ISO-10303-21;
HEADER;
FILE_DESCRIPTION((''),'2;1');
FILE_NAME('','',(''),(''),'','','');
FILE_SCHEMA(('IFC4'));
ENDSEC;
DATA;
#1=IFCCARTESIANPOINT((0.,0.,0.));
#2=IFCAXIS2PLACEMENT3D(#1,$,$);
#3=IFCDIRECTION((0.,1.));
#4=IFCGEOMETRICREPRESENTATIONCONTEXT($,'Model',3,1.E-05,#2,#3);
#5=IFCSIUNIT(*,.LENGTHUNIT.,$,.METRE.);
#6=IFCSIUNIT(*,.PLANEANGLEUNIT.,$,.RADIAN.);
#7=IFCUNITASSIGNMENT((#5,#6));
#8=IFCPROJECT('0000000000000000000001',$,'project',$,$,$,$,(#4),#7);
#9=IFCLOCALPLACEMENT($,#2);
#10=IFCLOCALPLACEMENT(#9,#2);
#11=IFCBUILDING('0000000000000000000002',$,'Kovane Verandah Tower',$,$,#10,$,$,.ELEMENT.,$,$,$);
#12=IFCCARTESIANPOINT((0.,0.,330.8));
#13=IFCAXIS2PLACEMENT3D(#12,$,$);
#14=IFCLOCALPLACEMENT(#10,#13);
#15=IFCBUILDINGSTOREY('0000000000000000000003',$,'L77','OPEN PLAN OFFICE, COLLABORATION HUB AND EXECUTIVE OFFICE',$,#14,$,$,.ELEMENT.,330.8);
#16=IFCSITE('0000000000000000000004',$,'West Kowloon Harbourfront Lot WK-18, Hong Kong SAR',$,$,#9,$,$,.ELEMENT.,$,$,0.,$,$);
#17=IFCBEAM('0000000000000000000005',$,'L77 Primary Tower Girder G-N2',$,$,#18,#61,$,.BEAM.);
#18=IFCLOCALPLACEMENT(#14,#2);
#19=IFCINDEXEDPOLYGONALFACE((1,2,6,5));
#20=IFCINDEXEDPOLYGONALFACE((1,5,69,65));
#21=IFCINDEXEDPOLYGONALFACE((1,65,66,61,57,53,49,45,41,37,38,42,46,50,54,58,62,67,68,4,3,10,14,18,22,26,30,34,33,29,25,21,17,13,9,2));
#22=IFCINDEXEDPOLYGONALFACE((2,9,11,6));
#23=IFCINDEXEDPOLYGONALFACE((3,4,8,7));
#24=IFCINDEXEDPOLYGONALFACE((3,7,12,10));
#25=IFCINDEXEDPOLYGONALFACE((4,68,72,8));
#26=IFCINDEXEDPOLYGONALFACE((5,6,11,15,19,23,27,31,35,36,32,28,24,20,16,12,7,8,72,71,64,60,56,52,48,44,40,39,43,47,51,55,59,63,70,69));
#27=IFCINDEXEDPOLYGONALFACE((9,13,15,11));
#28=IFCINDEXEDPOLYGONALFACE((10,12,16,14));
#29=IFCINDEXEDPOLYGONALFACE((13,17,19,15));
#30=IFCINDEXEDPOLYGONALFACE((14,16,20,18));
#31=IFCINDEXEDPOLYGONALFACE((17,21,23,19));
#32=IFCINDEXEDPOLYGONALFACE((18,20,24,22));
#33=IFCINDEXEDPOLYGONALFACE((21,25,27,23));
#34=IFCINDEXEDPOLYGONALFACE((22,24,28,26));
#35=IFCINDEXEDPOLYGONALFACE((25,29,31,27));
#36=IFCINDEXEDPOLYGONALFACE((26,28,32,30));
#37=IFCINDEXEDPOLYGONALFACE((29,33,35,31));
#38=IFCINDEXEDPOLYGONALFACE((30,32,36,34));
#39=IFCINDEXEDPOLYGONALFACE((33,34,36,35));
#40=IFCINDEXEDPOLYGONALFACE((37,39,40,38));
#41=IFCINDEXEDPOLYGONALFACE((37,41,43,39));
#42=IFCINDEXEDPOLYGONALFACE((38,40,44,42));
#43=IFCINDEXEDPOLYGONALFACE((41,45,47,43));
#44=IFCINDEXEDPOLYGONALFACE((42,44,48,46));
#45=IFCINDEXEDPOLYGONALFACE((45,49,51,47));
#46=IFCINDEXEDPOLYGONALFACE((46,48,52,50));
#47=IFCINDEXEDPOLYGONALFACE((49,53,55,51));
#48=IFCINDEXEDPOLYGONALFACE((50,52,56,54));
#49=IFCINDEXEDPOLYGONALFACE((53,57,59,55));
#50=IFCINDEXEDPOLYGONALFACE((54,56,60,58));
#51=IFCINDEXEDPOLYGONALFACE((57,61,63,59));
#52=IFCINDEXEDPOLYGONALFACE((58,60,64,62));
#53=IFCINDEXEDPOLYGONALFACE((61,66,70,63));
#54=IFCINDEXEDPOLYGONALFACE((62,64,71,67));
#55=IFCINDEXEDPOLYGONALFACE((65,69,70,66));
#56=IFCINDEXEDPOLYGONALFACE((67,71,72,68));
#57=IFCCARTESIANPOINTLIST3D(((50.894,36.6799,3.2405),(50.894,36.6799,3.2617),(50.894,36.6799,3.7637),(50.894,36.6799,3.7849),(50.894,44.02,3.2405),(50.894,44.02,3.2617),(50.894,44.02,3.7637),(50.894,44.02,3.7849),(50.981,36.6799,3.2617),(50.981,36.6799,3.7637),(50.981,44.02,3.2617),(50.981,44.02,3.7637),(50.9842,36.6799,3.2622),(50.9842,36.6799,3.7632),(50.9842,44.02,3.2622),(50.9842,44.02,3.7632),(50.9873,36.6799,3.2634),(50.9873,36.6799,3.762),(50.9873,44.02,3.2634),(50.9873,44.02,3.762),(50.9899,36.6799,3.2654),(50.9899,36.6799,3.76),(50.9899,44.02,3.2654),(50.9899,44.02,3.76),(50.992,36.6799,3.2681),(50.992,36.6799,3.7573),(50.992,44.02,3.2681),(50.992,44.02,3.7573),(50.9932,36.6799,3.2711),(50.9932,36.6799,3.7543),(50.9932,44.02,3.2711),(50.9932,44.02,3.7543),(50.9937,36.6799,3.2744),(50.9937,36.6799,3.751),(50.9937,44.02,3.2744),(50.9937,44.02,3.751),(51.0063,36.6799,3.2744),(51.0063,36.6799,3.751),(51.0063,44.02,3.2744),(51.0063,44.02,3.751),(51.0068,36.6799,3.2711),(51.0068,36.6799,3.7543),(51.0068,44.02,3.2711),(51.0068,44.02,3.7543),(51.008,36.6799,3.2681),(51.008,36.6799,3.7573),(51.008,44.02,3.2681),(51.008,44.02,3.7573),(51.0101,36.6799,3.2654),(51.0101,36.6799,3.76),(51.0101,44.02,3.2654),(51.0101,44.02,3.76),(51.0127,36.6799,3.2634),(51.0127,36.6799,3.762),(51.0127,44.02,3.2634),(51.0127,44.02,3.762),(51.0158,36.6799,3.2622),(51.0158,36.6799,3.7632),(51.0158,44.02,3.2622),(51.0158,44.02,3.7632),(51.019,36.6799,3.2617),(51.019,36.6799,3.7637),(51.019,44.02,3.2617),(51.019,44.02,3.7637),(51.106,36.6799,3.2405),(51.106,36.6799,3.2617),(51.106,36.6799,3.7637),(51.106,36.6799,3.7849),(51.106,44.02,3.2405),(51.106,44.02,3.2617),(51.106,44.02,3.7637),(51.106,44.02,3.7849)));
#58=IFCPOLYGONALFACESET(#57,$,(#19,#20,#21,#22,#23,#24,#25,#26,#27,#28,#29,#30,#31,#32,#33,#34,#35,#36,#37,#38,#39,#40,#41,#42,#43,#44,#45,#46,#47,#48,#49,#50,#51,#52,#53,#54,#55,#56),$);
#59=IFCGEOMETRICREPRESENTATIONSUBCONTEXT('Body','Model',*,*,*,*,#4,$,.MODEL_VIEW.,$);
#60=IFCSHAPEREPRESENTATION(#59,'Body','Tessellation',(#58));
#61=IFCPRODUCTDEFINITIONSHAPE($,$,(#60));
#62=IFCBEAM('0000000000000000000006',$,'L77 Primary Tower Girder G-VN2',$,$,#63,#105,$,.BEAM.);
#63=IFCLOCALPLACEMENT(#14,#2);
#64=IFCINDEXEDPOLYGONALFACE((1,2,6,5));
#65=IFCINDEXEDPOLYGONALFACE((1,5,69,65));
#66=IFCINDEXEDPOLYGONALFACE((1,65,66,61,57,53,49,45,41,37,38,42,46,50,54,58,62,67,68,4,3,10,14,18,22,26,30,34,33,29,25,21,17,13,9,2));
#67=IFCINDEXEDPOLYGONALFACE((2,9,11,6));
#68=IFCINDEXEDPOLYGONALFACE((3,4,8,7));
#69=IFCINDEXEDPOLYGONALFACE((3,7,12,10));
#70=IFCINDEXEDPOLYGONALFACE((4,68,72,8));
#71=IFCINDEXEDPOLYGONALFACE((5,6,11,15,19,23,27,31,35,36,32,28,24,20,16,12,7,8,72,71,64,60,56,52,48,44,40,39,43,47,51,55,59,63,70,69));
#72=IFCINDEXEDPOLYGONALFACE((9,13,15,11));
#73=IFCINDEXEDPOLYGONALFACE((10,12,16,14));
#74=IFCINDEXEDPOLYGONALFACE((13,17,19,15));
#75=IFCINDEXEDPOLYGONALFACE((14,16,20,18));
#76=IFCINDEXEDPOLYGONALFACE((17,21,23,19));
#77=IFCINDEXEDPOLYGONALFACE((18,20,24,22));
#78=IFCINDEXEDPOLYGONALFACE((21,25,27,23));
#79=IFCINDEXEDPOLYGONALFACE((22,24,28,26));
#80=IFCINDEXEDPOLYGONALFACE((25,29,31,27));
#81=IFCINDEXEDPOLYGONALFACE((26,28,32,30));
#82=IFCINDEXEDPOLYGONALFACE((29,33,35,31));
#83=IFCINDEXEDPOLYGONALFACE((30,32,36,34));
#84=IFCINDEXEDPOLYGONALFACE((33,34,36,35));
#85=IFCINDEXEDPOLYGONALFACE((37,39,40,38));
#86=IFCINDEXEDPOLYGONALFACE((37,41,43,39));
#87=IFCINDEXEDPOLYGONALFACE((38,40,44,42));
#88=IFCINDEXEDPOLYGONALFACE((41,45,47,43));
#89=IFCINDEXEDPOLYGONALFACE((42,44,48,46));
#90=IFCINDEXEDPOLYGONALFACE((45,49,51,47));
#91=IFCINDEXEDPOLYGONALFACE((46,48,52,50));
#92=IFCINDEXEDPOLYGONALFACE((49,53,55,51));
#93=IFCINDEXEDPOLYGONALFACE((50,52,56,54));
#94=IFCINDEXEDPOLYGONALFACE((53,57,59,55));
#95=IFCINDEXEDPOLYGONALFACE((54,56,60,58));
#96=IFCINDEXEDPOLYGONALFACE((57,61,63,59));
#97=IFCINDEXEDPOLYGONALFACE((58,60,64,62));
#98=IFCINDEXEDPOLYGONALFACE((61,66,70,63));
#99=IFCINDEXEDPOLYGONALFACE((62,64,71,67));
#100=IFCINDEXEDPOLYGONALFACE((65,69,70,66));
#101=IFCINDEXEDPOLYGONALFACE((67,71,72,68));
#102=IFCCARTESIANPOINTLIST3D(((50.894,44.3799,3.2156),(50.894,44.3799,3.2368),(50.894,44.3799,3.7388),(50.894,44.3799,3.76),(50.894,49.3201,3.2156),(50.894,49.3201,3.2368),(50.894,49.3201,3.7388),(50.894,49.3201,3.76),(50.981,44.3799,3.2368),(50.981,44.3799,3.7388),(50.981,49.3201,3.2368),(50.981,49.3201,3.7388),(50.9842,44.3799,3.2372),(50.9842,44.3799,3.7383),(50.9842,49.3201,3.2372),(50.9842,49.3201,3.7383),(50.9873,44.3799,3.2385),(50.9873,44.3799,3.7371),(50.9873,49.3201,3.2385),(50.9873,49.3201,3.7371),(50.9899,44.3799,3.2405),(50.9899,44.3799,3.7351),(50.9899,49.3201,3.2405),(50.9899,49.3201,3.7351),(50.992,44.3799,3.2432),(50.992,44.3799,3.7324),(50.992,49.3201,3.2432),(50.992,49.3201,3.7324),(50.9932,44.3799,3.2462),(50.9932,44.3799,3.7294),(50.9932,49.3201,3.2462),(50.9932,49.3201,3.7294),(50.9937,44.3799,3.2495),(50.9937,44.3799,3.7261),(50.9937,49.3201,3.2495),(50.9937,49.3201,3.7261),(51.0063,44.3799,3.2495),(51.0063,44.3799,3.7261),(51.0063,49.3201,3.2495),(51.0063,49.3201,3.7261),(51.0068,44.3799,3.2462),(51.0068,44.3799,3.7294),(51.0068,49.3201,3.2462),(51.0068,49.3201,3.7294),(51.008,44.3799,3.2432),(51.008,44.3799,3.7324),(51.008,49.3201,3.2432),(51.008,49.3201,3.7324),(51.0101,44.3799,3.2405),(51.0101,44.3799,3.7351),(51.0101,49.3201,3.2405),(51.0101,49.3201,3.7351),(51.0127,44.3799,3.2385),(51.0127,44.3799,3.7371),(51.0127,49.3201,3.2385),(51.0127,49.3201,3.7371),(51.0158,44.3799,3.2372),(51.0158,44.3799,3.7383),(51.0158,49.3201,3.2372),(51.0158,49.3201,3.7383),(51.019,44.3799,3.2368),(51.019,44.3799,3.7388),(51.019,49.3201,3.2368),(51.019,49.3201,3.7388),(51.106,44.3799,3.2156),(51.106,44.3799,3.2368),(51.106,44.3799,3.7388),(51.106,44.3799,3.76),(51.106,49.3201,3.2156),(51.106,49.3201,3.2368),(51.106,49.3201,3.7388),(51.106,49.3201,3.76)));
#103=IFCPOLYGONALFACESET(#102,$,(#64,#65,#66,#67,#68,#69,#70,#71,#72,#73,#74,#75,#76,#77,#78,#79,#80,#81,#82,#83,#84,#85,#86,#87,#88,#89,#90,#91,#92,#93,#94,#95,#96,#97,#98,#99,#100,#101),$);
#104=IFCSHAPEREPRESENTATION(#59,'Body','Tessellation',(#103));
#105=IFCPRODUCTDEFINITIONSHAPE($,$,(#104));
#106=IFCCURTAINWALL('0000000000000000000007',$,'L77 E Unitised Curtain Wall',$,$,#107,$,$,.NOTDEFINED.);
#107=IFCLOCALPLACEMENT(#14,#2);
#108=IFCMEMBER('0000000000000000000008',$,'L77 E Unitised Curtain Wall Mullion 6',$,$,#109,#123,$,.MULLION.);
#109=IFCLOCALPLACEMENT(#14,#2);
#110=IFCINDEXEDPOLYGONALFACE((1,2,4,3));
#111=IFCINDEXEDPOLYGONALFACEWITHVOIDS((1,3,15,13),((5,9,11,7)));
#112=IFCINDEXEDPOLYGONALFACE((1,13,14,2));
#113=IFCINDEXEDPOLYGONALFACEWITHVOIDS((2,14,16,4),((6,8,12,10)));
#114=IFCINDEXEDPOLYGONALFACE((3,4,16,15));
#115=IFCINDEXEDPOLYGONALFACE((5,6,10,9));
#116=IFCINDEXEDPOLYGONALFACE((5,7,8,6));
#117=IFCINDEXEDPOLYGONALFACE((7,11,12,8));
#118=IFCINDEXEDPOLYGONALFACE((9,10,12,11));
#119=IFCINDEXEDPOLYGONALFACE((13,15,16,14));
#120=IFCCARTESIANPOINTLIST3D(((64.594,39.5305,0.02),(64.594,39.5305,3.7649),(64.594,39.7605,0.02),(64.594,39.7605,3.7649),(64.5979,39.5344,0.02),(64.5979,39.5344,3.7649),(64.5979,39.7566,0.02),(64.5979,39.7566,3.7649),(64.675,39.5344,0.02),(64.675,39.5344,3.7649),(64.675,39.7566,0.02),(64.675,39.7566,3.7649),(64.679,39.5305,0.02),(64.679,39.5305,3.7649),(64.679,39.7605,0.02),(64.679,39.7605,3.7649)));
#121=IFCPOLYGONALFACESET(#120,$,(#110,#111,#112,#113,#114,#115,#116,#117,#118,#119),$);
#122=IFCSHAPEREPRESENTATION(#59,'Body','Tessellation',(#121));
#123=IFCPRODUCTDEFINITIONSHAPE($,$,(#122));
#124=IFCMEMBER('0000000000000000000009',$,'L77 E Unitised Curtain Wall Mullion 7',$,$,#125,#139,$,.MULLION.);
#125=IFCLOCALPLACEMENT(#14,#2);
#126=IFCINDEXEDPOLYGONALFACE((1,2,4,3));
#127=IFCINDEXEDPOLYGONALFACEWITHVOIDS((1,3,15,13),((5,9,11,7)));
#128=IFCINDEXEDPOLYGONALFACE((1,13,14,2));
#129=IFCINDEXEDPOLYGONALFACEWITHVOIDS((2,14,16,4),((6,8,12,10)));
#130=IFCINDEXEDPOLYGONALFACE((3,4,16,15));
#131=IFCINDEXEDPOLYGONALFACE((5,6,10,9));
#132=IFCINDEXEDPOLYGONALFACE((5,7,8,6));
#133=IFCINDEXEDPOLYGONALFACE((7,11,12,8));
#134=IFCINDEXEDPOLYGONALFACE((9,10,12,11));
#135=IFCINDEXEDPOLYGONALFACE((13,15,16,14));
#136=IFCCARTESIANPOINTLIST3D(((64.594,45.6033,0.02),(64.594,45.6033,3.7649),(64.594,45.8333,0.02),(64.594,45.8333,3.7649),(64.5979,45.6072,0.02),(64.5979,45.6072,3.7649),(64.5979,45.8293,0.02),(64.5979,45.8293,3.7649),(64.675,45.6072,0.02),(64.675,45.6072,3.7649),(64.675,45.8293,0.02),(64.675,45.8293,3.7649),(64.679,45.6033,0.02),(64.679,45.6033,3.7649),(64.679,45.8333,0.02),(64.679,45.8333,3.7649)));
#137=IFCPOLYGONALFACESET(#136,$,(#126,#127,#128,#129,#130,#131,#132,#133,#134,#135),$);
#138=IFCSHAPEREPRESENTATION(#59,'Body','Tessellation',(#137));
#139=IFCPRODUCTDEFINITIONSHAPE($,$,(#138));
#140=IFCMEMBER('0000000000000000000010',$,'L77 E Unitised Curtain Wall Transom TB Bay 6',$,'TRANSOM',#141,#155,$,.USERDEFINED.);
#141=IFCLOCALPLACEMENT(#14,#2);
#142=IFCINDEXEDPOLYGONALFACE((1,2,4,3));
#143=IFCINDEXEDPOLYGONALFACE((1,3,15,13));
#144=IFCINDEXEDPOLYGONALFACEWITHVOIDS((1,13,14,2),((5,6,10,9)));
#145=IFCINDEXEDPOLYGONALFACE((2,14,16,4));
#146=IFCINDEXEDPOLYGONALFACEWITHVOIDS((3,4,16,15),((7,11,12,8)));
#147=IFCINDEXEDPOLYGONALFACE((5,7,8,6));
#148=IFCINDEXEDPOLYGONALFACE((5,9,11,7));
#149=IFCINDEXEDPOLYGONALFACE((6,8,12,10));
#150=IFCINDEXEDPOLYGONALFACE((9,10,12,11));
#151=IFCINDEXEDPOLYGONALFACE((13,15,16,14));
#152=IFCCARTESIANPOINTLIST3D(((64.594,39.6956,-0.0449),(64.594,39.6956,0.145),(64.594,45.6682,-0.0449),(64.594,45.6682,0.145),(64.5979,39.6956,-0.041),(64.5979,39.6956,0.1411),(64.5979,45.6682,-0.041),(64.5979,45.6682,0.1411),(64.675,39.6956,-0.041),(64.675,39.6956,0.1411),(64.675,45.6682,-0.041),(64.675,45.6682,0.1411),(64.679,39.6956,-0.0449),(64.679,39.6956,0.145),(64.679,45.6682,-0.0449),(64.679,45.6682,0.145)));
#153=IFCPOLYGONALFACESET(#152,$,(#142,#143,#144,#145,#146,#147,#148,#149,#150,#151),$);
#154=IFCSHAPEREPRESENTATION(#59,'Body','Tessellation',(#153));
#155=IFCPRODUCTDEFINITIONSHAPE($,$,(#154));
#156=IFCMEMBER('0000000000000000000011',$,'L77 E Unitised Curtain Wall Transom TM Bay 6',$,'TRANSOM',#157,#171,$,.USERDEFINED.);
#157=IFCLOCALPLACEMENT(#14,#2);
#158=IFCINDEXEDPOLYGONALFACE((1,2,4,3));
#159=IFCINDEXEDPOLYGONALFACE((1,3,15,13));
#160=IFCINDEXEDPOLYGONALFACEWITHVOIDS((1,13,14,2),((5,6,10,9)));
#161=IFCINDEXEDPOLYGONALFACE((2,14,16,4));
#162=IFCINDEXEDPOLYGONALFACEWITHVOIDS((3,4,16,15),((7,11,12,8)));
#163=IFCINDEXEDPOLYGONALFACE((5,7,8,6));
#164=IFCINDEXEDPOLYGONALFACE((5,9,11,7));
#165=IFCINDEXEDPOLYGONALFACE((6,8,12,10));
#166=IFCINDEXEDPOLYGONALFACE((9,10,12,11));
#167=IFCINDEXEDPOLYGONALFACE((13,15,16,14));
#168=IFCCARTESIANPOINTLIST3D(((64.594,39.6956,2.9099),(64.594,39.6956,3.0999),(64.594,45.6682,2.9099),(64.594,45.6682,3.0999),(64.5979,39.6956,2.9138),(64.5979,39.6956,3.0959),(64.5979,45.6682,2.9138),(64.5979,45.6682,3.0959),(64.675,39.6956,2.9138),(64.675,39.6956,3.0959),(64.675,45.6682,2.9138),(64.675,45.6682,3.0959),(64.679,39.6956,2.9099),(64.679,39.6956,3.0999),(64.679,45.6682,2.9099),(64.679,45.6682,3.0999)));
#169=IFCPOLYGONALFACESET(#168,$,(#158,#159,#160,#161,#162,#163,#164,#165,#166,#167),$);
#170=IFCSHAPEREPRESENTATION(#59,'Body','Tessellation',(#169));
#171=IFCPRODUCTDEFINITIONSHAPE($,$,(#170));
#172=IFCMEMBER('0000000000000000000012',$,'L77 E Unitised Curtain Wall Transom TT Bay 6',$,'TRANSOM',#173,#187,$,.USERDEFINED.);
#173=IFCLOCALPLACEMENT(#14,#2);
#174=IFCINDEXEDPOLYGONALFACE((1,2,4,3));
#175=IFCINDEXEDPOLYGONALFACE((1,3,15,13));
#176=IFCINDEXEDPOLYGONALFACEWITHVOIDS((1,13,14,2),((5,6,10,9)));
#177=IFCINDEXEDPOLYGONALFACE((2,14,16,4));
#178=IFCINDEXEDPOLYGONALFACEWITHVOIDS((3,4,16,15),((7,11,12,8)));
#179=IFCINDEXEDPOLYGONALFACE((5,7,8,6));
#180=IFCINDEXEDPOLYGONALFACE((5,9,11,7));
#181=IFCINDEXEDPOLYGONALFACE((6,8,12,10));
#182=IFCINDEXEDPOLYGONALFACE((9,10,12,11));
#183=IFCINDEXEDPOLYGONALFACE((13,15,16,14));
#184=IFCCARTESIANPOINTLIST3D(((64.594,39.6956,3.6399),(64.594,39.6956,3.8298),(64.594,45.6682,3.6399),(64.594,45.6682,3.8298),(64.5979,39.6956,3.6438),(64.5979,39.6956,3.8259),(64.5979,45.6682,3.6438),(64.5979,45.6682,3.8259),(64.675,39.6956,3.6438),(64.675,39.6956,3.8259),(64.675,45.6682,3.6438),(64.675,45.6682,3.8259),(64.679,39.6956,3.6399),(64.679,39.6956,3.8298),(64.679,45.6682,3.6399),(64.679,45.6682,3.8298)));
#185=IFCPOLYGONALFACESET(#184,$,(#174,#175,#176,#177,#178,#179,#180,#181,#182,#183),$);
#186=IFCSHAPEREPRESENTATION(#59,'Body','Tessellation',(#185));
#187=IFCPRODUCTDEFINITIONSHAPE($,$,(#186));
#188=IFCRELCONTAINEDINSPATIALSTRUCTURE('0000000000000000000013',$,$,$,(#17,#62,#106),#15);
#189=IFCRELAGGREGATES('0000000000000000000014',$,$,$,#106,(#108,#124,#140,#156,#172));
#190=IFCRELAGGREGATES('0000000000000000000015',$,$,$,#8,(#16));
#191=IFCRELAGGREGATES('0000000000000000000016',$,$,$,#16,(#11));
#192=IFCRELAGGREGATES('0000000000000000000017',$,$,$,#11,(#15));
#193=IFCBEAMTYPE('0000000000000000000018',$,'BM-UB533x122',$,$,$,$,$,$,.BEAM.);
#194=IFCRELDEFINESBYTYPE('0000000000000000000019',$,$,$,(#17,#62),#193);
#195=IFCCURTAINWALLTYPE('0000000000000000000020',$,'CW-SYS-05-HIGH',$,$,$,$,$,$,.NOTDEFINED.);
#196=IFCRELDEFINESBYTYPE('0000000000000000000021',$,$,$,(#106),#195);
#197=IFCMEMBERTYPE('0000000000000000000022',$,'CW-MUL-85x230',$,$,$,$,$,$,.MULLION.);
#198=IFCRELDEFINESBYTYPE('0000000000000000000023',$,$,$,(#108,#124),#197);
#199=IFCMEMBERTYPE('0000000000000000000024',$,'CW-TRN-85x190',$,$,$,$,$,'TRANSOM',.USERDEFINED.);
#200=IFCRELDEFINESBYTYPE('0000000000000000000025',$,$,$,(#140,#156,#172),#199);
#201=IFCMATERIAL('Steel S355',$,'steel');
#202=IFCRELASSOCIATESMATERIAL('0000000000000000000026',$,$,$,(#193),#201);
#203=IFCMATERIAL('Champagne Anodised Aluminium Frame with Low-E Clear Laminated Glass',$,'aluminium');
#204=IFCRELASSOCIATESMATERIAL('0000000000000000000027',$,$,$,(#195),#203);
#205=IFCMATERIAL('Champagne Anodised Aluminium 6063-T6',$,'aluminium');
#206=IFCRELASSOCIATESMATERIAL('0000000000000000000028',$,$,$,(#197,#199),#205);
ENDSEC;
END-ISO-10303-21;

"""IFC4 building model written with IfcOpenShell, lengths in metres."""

from ifc_helpers import new_model, si_unit, direction, frame, origin, origin_2d, place, context, subcontext, project, spatial, hollow_rectangle, i_section, extrude, material, material_profile, profile_set, type_object, element, aggregate, save


model = new_model("IFC4")

# Units and contexts
model_context = context("Model", 3, precision=1e-05, world=origin(), true_north=direction((0.0, 1.0)))
body_context = subcontext(model_context, "Body", "Model", "MODEL_VIEW")
ifc_project = project(units=[si_unit("LENGTHUNIT", "METRE"), si_unit("PLANEANGLEUNIT", "RADIAN")], contexts=[model_context])

# Site, building, storey
site_placement = place(None, origin())
site = spatial("IfcSite", under=ifc_project, at=site_placement, Name="West Kowloon Harbourfront Lot WK-18, Hong Kong SAR", CompositionType="ELEMENT", RefElevation=0.0)
building_placement = place(site_placement, origin())
building = spatial("IfcBuilding", under=site, at=building_placement, Name="Kovane Verandah Tower", CompositionType="ELEMENT")
storey_placement = place(building_placement, frame((0.0, 0.0, 330.8)))
storey = spatial("IfcBuildingStorey", under=building, at=storey_placement, Name="L77", Description="OPEN PLAN OFFICE, COLLABORATION HUB AND EXECUTIVE OFFICE", CompositionType="ELEMENT", Elevation=330.8)

# Beams
ifc_material_1 = material(Name="Steel S355", Category="steel")
ifc_material_profile_1 = material_profile(ifc_material_1, i_section(OverallWidth=0.2119, OverallDepth=0.5444, WebThickness=0.0127, FlangeThickness=0.0212, FilletRadius=0.0127, at=origin_2d()), Name="UB533x210x122")
ifc_profile_set_1 = profile_set([ifc_material_profile_1], Name="Steel S355")
beam_type_1 = type_object("IfcBeamType", Name="BM-UB533x122", PredefinedType="BEAM", material=ifc_profile_set_1)
for number, where, z_axis, x_axis, name in (
    (1, (51.0, 36.6799, 3.5127), (0.0, 1.0, 0.0), (-1.0, 0.0, 0.0), "L77 Primary Tower Girder G-N2"),
):
    element("IfcBeam", number, at=place(storey_placement, frame(where, z_axis=z_axis, x_axis=x_axis)), inside=storey, type_object=beam_type_1, Name=name, PredefinedType="BEAM", context=body_context, shape_type="SweptSolid", body=[
        extrude(i_section(OverallWidth=0.2119, OverallDepth=0.5444, WebThickness=0.0127, FlangeThickness=0.0212, FilletRadius=0.0127, at=origin_2d()), origin(), (0.0, 0.0, 1.0), 7.3401),
    ])
beam_1_placement = place(storey_placement, frame((51.0, 44.3799, 3.4878), z_axis=(0.0, 1.0, 0.0), x_axis=(-1.0, 0.0, 0.0)))
element("IfcBeam", 2, at=beam_1_placement, inside=storey, type_object=beam_type_1, Name="L77 Primary Tower Girder G-VN2", PredefinedType="BEAM", context=body_context, shape_type="SweptSolid", body=[
    extrude(i_section(OverallWidth=0.2119, OverallDepth=0.5444, WebThickness=0.0127, FlangeThickness=0.0212, FilletRadius=0.0127, at=origin_2d()), origin(), (0.0, 0.0, 1.0), 4.9402),
])

# Curtain wall, members
ifc_material_2 = material(Name="Champagne Anodised Aluminium Frame with Low-E Clear Laminated Glass", Category="aluminium")
curtain_wall_type = type_object("IfcCurtainWallType", Name="CW-SYS-05-HIGH", PredefinedType="NOTDEFINED", material=ifc_material_2)
curtain_wall_placement = place(storey_placement, origin())
curtain_wall = element("IfcCurtainWall", 3, at=curtain_wall_placement, inside=storey, type_object=curtain_wall_type, Name="L77 E Unitised Curtain Wall", PredefinedType="NOTDEFINED")
ifc_material_3 = material(Name="Champagne Anodised Aluminium 6063-T6", Category="aluminium")
ifc_material_profile_2 = material_profile(ifc_material_3, hollow_rectangle(XDim=0.085, YDim=0.23, WallThickness=0.0039, at=origin_2d()), Name="AL85x230x4")
ifc_profile_set_2 = profile_set([ifc_material_profile_2], Name="Champagne Anodised Aluminium 6063-T6")
member_type_1 = type_object("IfcMemberType", Name="CW-MUL-85x230", PredefinedType="MULLION", material=ifc_profile_set_2)
member_1_placement = place(storey_placement, frame((64.6365, 39.6455, 0.02), z_axis=(0.0, 0.0, 1.0), x_axis=(1.0, 0.0, 0.0)))
member_1 = element("IfcMember", 4, at=member_1_placement, type_object=member_type_1, Name="L77 E Unitised Curtain Wall Mullion 6", PredefinedType="MULLION", context=body_context, shape_type="SweptSolid", body=[
    extrude(hollow_rectangle(XDim=0.085, YDim=0.23, WallThickness=0.0039, at=origin_2d()), origin(), (0.0, 0.0, 1.0), 3.7449),
])
member_2_placement = place(storey_placement, frame((64.6365, 45.7183, 0.02), z_axis=(0.0, 0.0, 1.0), x_axis=(1.0, 0.0, 0.0)))
member_2 = element("IfcMember", 5, at=member_2_placement, type_object=member_type_1, Name="L77 E Unitised Curtain Wall Mullion 7", PredefinedType="MULLION", context=body_context, shape_type="SweptSolid", body=[
    extrude(hollow_rectangle(XDim=0.085, YDim=0.23, WallThickness=0.0039, at=origin_2d()), origin(), (0.0, 0.0, 1.0), 3.7449),
])
ifc_material_profile_3 = material_profile(ifc_material_3, hollow_rectangle(XDim=0.085, YDim=0.1899, WallThickness=0.0039, at=origin_2d()), Name="AL85x190x4")
ifc_profile_set_3 = profile_set([ifc_material_profile_3], Name="Champagne Anodised Aluminium 6063-T6")
member_type_2 = type_object("IfcMemberType", Name="CW-TRN-85x190", ElementType="TRANSOM", PredefinedType="USERDEFINED", material=ifc_profile_set_3)
member_3_placement = place(storey_placement, frame((64.6365, 39.6956, 0.05), z_axis=(0.0, 1.0, 0.0), x_axis=(-1.0, 0.0, 0.0)))
member_3 = element("IfcMember", 6, at=member_3_placement, type_object=member_type_2, Name="L77 E Unitised Curtain Wall Transom TB Bay 6", ObjectType="TRANSOM", PredefinedType="USERDEFINED", context=body_context, shape_type="SweptSolid", body=[
    extrude(hollow_rectangle(XDim=0.085, YDim=0.1899, WallThickness=0.0039, at=origin_2d()), origin(), (0.0, 0.0, 1.0), 5.9727),
])
member_4_placement = place(storey_placement, frame((64.6365, 39.6956, 3.0049), z_axis=(0.0, 1.0, 0.0), x_axis=(-1.0, 0.0, 0.0)))
member_4 = element("IfcMember", 7, at=member_4_placement, type_object=member_type_2, Name="L77 E Unitised Curtain Wall Transom TM Bay 6", ObjectType="TRANSOM", PredefinedType="USERDEFINED", context=body_context, shape_type="SweptSolid", body=[
    extrude(hollow_rectangle(XDim=0.085, YDim=0.1899, WallThickness=0.0039, at=origin_2d()), origin(), (0.0, 0.0, 1.0), 5.9727),
])
member_5_placement = place(storey_placement, frame((64.6365, 39.6956, 3.7349), z_axis=(0.0, 1.0, 0.0), x_axis=(-1.0, 0.0, 0.0)))
member_5 = element("IfcMember", 8, at=member_5_placement, type_object=member_type_2, Name="L77 E Unitised Curtain Wall Transom TT Bay 6", ObjectType="TRANSOM", PredefinedType="USERDEFINED", context=body_context, shape_type="SweptSolid", body=[
    extrude(hollow_rectangle(XDim=0.085, YDim=0.1899, WallThickness=0.0039, at=origin_2d()), origin(), (0.0, 0.0, 1.0), 5.9727),
])

aggregate(curtain_wall, [member_1, member_2, member_3, member_4, member_5])

save(model, "model.ifc")
